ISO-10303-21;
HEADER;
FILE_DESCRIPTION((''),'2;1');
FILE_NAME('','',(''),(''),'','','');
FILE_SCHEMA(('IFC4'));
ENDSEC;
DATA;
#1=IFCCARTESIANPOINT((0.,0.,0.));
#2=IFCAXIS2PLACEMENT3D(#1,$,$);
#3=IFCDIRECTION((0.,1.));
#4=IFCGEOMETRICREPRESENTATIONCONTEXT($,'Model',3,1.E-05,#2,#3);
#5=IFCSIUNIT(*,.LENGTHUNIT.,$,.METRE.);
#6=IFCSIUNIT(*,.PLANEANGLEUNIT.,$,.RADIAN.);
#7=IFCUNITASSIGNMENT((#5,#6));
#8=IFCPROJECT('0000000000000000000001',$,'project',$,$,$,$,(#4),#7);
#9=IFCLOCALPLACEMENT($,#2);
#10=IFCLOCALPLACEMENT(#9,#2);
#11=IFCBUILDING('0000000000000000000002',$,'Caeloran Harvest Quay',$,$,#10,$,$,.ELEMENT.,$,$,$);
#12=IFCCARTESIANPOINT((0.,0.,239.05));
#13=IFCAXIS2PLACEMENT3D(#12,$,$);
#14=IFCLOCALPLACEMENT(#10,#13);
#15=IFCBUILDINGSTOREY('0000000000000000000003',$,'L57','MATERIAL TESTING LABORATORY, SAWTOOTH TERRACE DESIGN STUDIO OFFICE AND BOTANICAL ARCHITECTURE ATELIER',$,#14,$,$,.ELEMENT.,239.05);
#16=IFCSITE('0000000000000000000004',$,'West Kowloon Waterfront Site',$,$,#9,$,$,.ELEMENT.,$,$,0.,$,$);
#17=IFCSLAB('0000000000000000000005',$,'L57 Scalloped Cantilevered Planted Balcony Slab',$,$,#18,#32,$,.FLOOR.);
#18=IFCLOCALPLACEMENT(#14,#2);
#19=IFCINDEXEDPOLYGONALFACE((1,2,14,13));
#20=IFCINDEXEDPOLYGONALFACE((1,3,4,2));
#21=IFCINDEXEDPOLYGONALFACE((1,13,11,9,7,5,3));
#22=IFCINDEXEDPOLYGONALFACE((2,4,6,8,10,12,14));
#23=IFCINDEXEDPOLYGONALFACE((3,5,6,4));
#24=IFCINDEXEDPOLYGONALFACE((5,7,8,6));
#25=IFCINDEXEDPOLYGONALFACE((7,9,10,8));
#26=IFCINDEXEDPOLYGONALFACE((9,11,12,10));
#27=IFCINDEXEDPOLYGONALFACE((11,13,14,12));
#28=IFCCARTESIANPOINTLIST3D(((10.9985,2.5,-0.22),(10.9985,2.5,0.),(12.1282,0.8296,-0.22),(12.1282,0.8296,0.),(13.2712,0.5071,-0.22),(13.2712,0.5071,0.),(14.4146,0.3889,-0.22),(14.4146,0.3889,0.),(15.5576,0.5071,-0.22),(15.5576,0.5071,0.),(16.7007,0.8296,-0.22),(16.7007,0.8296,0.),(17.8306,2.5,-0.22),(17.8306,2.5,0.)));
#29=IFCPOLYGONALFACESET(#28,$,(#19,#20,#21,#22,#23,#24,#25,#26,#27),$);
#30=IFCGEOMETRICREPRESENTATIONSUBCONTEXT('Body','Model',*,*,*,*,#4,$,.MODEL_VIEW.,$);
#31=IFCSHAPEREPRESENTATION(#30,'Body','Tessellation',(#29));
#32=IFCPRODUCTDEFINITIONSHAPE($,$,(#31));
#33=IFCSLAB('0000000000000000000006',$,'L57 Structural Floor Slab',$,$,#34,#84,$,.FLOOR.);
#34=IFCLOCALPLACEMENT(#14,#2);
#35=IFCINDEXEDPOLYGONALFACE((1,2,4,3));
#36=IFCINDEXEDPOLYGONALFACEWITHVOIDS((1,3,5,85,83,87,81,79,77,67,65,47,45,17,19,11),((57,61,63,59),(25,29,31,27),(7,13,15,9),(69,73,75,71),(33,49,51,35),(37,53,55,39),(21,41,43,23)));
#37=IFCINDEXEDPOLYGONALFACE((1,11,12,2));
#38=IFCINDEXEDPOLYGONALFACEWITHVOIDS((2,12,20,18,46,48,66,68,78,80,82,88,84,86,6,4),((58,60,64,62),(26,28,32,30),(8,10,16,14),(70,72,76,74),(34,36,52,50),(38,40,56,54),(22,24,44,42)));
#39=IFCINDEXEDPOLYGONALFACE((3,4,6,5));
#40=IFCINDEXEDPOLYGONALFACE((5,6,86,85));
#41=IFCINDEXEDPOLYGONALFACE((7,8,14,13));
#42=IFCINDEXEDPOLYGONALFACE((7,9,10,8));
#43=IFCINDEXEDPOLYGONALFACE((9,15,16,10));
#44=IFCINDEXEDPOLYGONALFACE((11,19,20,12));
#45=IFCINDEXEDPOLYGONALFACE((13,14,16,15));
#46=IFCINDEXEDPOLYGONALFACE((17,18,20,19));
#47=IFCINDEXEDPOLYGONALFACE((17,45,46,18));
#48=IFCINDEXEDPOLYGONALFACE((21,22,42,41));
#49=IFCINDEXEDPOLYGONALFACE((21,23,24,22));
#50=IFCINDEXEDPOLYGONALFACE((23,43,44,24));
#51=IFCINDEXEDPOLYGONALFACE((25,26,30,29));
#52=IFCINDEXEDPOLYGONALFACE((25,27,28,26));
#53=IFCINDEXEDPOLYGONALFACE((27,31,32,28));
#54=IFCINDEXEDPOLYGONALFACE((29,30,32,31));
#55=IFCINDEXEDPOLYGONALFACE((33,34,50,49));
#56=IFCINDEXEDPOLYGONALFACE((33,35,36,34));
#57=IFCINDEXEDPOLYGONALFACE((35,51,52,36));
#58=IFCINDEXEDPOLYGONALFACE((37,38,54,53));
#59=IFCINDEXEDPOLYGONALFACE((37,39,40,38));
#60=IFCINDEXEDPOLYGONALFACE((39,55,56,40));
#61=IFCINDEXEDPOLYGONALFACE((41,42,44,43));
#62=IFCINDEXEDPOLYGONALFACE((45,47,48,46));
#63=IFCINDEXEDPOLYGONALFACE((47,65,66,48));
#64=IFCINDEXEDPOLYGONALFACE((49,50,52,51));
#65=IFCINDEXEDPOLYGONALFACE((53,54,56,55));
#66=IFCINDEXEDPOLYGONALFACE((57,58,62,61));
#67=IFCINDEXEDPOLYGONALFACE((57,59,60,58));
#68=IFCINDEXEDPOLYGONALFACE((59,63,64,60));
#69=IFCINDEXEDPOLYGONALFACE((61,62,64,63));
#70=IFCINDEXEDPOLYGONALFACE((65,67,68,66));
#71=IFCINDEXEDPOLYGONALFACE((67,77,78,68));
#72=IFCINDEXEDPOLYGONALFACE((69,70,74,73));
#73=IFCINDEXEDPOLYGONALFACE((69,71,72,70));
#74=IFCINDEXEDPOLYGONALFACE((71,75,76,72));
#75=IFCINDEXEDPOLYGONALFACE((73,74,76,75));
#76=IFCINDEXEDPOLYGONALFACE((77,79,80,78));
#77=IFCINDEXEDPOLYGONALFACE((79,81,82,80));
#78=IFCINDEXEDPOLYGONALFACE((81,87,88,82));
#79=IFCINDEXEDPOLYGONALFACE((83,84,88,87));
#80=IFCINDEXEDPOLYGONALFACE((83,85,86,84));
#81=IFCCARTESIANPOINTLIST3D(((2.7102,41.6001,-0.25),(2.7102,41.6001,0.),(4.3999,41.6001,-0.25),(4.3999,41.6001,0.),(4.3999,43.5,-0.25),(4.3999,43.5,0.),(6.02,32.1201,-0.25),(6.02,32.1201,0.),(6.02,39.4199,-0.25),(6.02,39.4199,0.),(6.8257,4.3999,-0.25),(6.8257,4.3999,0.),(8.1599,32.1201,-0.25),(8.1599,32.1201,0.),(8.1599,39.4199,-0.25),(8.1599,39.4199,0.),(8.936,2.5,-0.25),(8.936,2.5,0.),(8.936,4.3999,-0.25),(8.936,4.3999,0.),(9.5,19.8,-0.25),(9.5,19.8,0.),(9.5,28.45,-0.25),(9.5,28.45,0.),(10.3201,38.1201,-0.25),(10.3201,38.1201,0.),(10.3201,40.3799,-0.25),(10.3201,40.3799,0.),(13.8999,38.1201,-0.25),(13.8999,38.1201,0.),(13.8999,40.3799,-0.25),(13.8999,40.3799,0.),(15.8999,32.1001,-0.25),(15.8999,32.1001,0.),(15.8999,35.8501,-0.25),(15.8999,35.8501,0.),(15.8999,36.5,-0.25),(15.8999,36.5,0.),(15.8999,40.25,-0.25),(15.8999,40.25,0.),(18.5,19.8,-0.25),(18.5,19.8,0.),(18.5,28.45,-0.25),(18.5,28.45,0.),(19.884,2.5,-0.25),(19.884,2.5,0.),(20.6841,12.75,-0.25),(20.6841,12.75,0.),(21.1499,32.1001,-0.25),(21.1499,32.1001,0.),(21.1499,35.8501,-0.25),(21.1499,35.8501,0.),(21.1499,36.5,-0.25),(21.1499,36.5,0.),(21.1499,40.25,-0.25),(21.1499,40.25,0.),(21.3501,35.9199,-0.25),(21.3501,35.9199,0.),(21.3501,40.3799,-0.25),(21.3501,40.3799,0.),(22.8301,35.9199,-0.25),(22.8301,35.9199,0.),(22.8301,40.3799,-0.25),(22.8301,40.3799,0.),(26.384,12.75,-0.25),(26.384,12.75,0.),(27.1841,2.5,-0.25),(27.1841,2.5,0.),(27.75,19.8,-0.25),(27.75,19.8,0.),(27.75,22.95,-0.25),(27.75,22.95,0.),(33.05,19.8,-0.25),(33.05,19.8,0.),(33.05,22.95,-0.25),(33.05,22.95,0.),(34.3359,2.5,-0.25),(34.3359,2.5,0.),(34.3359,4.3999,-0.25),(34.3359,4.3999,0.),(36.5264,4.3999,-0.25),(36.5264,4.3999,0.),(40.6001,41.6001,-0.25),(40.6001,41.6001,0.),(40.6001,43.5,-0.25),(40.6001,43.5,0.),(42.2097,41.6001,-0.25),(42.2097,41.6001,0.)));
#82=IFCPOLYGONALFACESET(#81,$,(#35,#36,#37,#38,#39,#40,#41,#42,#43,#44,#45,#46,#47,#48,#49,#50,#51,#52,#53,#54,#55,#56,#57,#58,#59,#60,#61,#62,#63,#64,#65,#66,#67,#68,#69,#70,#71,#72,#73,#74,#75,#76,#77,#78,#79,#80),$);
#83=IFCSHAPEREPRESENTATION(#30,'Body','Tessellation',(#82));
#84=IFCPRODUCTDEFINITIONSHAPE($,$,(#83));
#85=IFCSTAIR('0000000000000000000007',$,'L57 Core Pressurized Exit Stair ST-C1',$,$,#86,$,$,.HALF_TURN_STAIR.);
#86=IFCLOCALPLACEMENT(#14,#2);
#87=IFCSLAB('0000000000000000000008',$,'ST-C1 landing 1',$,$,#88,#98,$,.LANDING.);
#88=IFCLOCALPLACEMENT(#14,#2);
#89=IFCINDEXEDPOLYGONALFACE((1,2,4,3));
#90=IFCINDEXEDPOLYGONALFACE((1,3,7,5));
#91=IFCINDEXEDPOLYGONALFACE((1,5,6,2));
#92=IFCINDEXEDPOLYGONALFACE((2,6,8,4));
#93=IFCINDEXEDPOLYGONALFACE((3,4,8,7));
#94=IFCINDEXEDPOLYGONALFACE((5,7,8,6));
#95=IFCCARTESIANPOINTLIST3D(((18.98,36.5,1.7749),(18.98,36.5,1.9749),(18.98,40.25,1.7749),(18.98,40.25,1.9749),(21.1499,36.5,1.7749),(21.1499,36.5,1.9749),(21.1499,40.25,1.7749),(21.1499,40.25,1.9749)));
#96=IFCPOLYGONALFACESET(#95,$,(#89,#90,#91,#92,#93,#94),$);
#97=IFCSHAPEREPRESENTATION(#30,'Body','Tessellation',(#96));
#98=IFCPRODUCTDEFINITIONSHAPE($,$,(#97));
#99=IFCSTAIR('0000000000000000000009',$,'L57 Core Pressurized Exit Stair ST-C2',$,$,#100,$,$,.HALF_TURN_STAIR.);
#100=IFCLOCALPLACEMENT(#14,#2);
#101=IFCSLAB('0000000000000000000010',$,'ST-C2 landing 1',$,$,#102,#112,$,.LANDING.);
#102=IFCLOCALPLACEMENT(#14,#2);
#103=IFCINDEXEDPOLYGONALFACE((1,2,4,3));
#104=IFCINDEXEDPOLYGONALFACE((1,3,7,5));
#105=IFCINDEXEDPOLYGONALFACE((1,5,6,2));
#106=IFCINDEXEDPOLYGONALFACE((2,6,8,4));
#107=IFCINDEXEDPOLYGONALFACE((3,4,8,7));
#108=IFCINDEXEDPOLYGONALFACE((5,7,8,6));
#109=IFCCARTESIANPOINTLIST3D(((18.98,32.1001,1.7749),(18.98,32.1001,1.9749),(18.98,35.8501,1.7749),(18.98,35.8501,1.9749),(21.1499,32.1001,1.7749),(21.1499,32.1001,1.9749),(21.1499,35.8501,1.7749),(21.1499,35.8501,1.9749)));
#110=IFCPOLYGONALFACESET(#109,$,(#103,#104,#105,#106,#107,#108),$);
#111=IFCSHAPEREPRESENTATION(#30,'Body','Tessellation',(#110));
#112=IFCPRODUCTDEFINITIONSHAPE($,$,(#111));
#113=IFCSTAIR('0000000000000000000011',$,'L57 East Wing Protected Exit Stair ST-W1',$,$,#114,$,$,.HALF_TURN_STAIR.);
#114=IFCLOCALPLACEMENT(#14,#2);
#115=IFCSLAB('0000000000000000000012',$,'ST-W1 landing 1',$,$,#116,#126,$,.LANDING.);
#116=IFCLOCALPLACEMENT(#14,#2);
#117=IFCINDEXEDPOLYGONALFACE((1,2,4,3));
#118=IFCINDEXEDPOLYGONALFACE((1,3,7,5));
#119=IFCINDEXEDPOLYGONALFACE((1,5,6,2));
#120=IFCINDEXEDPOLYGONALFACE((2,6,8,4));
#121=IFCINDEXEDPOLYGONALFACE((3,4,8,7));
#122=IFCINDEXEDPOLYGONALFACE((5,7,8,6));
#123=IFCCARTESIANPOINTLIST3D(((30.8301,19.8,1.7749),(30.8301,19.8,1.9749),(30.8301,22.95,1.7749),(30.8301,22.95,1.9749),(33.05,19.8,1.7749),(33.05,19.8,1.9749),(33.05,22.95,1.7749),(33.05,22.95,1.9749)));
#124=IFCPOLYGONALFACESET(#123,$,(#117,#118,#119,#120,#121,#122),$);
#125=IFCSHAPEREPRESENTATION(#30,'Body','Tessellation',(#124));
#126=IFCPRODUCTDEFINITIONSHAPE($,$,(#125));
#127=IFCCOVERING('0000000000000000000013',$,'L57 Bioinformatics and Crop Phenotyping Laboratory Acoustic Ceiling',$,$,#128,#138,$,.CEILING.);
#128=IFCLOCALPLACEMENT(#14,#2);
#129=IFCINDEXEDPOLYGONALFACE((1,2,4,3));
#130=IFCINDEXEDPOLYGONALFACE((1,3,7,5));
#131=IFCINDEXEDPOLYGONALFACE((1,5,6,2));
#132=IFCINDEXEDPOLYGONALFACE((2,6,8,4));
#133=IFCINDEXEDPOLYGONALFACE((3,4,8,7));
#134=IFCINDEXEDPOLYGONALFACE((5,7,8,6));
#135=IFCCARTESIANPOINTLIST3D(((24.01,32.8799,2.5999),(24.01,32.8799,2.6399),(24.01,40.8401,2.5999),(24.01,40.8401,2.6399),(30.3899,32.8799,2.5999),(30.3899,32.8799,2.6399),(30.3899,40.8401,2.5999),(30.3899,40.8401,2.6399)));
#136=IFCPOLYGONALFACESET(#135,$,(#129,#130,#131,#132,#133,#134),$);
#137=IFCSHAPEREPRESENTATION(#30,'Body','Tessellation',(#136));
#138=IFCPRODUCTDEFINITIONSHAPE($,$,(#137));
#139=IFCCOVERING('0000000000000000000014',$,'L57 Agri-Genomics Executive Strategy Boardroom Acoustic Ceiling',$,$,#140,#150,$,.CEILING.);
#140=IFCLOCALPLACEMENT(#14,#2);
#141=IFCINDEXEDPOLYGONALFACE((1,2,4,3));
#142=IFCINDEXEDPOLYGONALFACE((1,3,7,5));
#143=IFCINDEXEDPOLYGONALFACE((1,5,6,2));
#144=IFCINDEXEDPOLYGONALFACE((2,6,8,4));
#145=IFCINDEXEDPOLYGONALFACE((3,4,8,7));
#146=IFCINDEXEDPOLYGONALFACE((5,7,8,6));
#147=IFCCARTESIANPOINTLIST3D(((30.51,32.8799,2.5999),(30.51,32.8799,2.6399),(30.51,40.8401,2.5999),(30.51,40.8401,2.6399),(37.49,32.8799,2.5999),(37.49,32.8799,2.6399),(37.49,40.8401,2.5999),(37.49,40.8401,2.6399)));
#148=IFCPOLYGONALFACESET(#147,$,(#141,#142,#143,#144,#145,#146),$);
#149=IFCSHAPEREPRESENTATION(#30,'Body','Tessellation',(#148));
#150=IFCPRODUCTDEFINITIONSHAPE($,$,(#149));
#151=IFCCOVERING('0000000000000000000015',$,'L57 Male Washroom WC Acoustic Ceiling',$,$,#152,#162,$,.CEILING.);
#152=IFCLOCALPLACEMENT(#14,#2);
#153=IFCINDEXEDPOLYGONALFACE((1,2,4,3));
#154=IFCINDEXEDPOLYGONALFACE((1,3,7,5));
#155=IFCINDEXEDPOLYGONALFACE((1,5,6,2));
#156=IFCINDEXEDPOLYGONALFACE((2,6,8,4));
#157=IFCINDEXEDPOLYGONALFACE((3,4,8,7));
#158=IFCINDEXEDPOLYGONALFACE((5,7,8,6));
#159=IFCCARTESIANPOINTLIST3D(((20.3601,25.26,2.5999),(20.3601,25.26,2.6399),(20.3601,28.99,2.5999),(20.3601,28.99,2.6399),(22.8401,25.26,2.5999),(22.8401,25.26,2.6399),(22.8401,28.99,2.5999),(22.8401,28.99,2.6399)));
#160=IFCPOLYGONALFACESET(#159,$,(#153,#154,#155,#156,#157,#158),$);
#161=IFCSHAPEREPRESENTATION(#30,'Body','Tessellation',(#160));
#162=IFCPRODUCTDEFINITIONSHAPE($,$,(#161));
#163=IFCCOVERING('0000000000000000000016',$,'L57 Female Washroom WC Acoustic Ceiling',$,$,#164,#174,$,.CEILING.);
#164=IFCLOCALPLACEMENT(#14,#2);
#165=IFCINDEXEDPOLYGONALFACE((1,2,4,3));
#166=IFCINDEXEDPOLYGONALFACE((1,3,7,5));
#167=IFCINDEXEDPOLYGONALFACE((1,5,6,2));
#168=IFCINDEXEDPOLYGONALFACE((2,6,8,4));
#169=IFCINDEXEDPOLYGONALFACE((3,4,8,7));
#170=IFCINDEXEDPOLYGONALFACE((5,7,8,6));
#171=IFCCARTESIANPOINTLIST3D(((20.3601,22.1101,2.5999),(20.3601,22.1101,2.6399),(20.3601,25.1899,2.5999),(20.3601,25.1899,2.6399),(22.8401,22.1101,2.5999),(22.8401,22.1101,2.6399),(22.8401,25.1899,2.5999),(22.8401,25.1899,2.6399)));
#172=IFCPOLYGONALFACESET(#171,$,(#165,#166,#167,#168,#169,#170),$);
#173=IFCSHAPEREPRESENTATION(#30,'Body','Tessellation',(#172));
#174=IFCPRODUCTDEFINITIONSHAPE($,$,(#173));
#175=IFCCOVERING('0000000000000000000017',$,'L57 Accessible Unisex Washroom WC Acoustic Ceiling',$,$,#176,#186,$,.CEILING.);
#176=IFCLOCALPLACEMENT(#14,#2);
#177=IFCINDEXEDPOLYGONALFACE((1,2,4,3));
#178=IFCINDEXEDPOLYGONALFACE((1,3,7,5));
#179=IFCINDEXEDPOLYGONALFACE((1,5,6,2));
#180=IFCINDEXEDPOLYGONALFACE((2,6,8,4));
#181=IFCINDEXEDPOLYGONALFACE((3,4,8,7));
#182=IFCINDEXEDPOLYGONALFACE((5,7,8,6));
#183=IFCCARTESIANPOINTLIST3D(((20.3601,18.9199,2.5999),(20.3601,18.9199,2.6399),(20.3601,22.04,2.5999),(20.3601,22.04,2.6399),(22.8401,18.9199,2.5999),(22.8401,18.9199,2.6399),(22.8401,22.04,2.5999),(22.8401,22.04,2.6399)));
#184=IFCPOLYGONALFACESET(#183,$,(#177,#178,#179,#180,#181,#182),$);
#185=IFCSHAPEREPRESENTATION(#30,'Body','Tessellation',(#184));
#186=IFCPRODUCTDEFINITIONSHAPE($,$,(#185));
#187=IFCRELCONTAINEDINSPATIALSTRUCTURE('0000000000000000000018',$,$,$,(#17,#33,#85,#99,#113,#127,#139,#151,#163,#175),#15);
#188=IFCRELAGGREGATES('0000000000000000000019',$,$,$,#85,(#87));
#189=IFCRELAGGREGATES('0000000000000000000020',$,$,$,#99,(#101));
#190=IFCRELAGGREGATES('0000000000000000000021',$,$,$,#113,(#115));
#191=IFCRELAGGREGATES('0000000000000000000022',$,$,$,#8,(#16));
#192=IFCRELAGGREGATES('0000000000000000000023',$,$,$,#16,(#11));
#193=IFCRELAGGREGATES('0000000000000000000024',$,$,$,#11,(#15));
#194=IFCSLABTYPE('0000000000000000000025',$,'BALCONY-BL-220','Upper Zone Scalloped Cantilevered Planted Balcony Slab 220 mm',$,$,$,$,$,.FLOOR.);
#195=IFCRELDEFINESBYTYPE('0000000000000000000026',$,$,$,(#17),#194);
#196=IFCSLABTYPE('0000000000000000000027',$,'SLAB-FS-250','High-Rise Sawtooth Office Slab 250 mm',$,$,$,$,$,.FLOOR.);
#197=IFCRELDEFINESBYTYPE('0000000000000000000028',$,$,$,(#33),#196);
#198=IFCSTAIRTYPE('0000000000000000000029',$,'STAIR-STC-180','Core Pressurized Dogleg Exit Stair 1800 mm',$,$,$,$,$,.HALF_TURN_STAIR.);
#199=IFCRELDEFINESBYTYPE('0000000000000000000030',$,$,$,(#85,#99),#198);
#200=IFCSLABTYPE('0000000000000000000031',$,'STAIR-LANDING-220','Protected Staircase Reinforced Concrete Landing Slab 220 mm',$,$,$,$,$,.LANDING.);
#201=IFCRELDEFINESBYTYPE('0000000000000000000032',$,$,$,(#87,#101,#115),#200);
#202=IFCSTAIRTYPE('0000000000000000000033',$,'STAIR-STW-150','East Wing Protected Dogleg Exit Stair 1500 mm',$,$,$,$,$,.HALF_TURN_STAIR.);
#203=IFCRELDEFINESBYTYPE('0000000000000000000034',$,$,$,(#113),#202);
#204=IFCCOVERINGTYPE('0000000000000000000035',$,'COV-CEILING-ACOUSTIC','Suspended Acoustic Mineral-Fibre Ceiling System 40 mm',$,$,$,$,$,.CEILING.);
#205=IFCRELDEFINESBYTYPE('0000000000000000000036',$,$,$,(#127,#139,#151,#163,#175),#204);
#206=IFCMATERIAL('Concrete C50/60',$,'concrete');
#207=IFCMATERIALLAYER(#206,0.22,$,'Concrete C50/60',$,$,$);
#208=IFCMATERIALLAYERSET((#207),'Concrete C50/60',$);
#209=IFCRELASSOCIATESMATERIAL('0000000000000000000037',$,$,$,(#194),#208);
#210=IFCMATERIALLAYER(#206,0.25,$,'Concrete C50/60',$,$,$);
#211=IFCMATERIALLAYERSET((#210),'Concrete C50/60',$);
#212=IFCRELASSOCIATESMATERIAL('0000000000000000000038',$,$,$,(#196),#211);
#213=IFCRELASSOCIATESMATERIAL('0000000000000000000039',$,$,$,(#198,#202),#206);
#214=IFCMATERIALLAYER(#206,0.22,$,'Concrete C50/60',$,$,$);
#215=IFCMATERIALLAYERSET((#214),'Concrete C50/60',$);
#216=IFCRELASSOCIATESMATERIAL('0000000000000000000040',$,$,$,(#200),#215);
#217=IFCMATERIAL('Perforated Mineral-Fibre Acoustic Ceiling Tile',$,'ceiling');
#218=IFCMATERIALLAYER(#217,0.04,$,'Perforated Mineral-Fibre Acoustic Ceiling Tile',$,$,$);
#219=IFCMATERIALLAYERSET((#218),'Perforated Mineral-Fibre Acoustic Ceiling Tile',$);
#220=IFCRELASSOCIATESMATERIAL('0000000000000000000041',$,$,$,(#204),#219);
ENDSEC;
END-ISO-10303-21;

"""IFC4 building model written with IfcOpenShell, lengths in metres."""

from ifc_helpers import new_model, si_unit, direction, frame, origin, place, context, subcontext, project, spatial, polyline, outline, extrude, material, layer, layer_set, type_object, element, aggregate, save


model = new_model("IFC4")

# Units and contexts
model_context = context("Model", 3, precision=1e-05, world=origin(), true_north=direction((0.0, 1.0)))
body_context = subcontext(model_context, "Body", "Model", "MODEL_VIEW")
ifc_project = project(units=[si_unit("LENGTHUNIT", "METRE"), si_unit("PLANEANGLEUNIT", "RADIAN")], contexts=[model_context])

# Site, building, storey
site_placement = place(None, origin())
site = spatial("IfcSite", under=ifc_project, at=site_placement, Name="West Kowloon Waterfront Site", CompositionType="ELEMENT", RefElevation=0.0)
building_placement = place(site_placement, origin())
building = spatial("IfcBuilding", under=site, at=building_placement, Name="Caeloran Harvest Quay", CompositionType="ELEMENT")
storey_placement = place(building_placement, frame((0.0, 0.0, 239.05)))
storey = spatial("IfcBuildingStorey", under=building, at=storey_placement, Name="L57", Description="MATERIAL TESTING LABORATORY, SAWTOOTH TERRACE DESIGN STUDIO OFFICE AND BOTANICAL ARCHITECTURE ATELIER", CompositionType="ELEMENT", Elevation=239.05)

# Slabs
ifc_material_1 = material(Name="Concrete C50/60", Category="concrete")
ifc_layer_1 = layer(ifc_material_1, 0.22, Name="Concrete C50/60")
ifc_layer_set_1 = layer_set([ifc_layer_1], Name="Concrete C50/60")
slab_type_1 = type_object("IfcSlabType", Name="BALCONY-BL-220", Description="Upper Zone Scalloped Cantilevered Planted Balcony Slab 220 mm", PredefinedType="FLOOR", material=ifc_layer_set_1)
slab_1_placement = place(storey_placement, frame((0.0, 0.0, -0.22)))
element("IfcSlab", 1, at=slab_1_placement, inside=storey, type_object=slab_type_1, Name="L57 Scalloped Cantilevered Planted Balcony Slab", PredefinedType="FLOOR", context=body_context, shape_type="SweptSolid", body=[
    extrude(outline(polyline([(16.7007, 0.8296), (15.5576, 0.5071), (14.4146, 0.3889), (13.2712, 0.5071), (12.1282, 0.8296), (10.9985, 2.5), (17.8306, 2.5), (16.7007, 0.8296)])), origin(), (0.0, 0.0, 1.0), 0.22),
])
ifc_layer_2 = layer(ifc_material_1, 0.25, Name="Concrete C50/60")
ifc_layer_set_2 = layer_set([ifc_layer_2], Name="Concrete C50/60")
slab_type_2 = type_object("IfcSlabType", Name="SLAB-FS-250", Description="High-Rise Sawtooth Office Slab 250 mm", PredefinedType="FLOOR", material=ifc_layer_set_2)
slab_2_placement = place(storey_placement, frame((0.0, 0.0, -0.25)))
element("IfcSlab", 2, at=slab_2_placement, inside=storey, type_object=slab_type_2, Name="L57 Structural Floor Slab", PredefinedType="FLOOR", context=body_context, shape_type="SweptSolid", body=[
    extrude(outline(polyline([(8.936, 2.5), (19.884, 2.5), (20.6841, 12.75), (26.384, 12.75), (27.1841, 2.5), (34.3359, 2.5), (34.3359, 4.3999), (36.5264, 4.3999), (42.2097, 41.6001), (40.6001, 41.6001), (40.6001, 43.5), (4.3999, 43.5), (4.3999, 41.6001), (2.7102, 41.6001), (6.8257, 4.3999), (8.936, 4.3999), (8.936, 2.5)]), holes=[polyline([(33.05, 19.8), (27.75, 19.8), (27.75, 22.95), (33.05, 22.95), (33.05, 19.8)]), polyline([(18.5, 19.8), (9.5, 19.8), (9.5, 28.45), (18.5, 28.45), (18.5, 19.8)]), polyline([(15.8999, 32.1001), (15.8999, 35.8501), (21.1499, 35.8501), (21.1499, 32.1001), (15.8999, 32.1001)]), polyline([(8.1599, 32.1201), (6.02, 32.1201), (6.02, 39.4199), (8.1599, 39.4199), (8.1599, 32.1201)]), polyline([(22.8301, 35.9199), (21.3501, 35.9199), (21.3501, 40.3799), (22.8301, 40.3799), (22.8301, 35.9199)]), polyline([(15.8999, 36.5), (15.8999, 40.25), (21.1499, 40.25), (21.1499, 36.5), (15.8999, 36.5)]), polyline([(13.8999, 38.1201), (10.3201, 38.1201), (10.3201, 40.3799), (13.8999, 40.3799), (13.8999, 38.1201)])]), origin(), (0.0, 0.0, 1.0), 0.25),
])

# Stairs, slabs
stair_type_1 = type_object("IfcStairType", Name="STAIR-STC-180", Description="Core Pressurized Dogleg Exit Stair 1800 mm", PredefinedType="HALF_TURN_STAIR", material=ifc_material_1)
stair_1_placement = place(storey_placement, origin())
stair_1 = element("IfcStair", 3, at=stair_1_placement, inside=storey, type_object=stair_type_1, Name="L57 Core Pressurized Exit Stair ST-C1", PredefinedType="HALF_TURN_STAIR")
ifc_layer_3 = layer(ifc_material_1, 0.22, Name="Concrete C50/60")
ifc_layer_set_3 = layer_set([ifc_layer_3], Name="Concrete C50/60")
slab_type_3 = type_object("IfcSlabType", Name="STAIR-LANDING-220", Description="Protected Staircase Reinforced Concrete Landing Slab 220 mm", PredefinedType="LANDING", material=ifc_layer_set_3)
slab_3_placement = place(storey_placement, frame((0.0, 0.0, 1.7749)))
slab_3 = element("IfcSlab", 4, at=slab_3_placement, type_object=slab_type_3, Name="ST-C1 landing 1", PredefinedType="LANDING", context=body_context, shape_type="SweptSolid", body=[
    extrude(outline(polyline([(18.98, 36.5), (21.1499, 36.5), (21.1499, 40.25), (18.98, 40.25), (18.98, 36.5)])), origin(), (0.0, 0.0, 1.0), 0.2),
])
aggregate(stair_1, [slab_3])
stair_2_placement = place(storey_placement, origin())
stair_2 = element("IfcStair", 5, at=stair_2_placement, inside=storey, type_object=stair_type_1, Name="L57 Core Pressurized Exit Stair ST-C2", PredefinedType="HALF_TURN_STAIR")
slab_4_placement = place(storey_placement, frame((0.0, 0.0, 1.7749)))
slab_4 = element("IfcSlab", 6, at=slab_4_placement, type_object=slab_type_3, Name="ST-C2 landing 1", PredefinedType="LANDING", context=body_context, shape_type="SweptSolid", body=[
    extrude(outline(polyline([(18.98, 32.1001), (21.1499, 32.1001), (21.1499, 35.8501), (18.98, 35.8501), (18.98, 32.1001)])), origin(), (0.0, 0.0, 1.0), 0.2),
])
aggregate(stair_2, [slab_4])
stair_type_2 = type_object("IfcStairType", Name="STAIR-STW-150", Description="East Wing Protected Dogleg Exit Stair 1500 mm", PredefinedType="HALF_TURN_STAIR", material=ifc_material_1)
stair_3_placement = place(storey_placement, origin())
stair_3 = element("IfcStair", 7, at=stair_3_placement, inside=storey, type_object=stair_type_2, Name="L57 East Wing Protected Exit Stair ST-W1", PredefinedType="HALF_TURN_STAIR")
slab_5_placement = place(storey_placement, frame((0.0, 0.0, 1.7749)))
slab_5 = element("IfcSlab", 8, at=slab_5_placement, type_object=slab_type_3, Name="ST-W1 landing 1", PredefinedType="LANDING", context=body_context, shape_type="SweptSolid", body=[
    extrude(outline(polyline([(30.8301, 19.8), (33.05, 19.8), (33.05, 22.95), (30.8301, 22.95), (30.8301, 19.8)])), origin(), (0.0, 0.0, 1.0), 0.2),
])
aggregate(stair_3, [slab_5])

# Coverings
ifc_material_2 = material(Name="Perforated Mineral-Fibre Acoustic Ceiling Tile", Category="ceiling")
ifc_layer_4 = layer(ifc_material_2, 0.04, Name="Perforated Mineral-Fibre Acoustic Ceiling Tile")
ifc_layer_set_4 = layer_set([ifc_layer_4], Name="Perforated Mineral-Fibre Acoustic Ceiling Tile")
covering_type_1 = type_object("IfcCoveringType", Name="COV-CEILING-ACOUSTIC", Description="Suspended Acoustic Mineral-Fibre Ceiling System 40 mm", PredefinedType="CEILING", material=ifc_layer_set_4)
covering_1_placement = place(storey_placement, frame((0.0, 0.0, 2.5999)))
element("IfcCovering", 9, at=covering_1_placement, inside=storey, type_object=covering_type_1, Name="L57 Bioinformatics and Crop Phenotyping Laboratory Acoustic Ceiling", PredefinedType="CEILING", context=body_context, shape_type="SweptSolid", body=[
    extrude(outline(polyline([(30.3899, 40.8401), (30.3899, 32.8799), (24.01, 32.8799), (24.01, 40.8401), (30.3899, 40.8401)])), origin(), (0.0, 0.0, 1.0), 0.04),
])
covering_2_placement = place(storey_placement, frame((0.0, 0.0, 2.5999)))
element("IfcCovering", 10, at=covering_2_placement, inside=storey, type_object=covering_type_1, Name="L57 Agri-Genomics Executive Strategy Boardroom Acoustic Ceiling", PredefinedType="CEILING", context=body_context, shape_type="SweptSolid", body=[
    extrude(outline(polyline([(37.49, 40.8401), (37.49, 32.8799), (30.51, 32.8799), (30.51, 40.8401), (37.49, 40.8401)])), origin(), (0.0, 0.0, 1.0), 0.04),
])
covering_3_placement = place(storey_placement, frame((0.0, 0.0, 2.5999)))
element("IfcCovering", 11, at=covering_3_placement, inside=storey, type_object=covering_type_1, Name="L57 Male Washroom WC Acoustic Ceiling", PredefinedType="CEILING", context=body_context, shape_type="SweptSolid", body=[
    extrude(outline(polyline([(22.8401, 28.99), (22.8401, 25.26), (20.3601, 25.26), (20.3601, 28.99), (22.8401, 28.99)])), origin(), (0.0, 0.0, 1.0), 0.04),
])
covering_4_placement = place(storey_placement, frame((0.0, 0.0, 2.5999)))
element("IfcCovering", 12, at=covering_4_placement, inside=storey, type_object=covering_type_1, Name="L57 Female Washroom WC Acoustic Ceiling", PredefinedType="CEILING", context=body_context, shape_type="SweptSolid", body=[
    extrude(outline(polyline([(22.8401, 25.1899), (22.8401, 22.1101), (20.3601, 22.1101), (20.3601, 25.1899), (22.8401, 25.1899)])), origin(), (0.0, 0.0, 1.0), 0.04),
])
covering_5_placement = place(storey_placement, frame((0.0, 0.0, 2.5999)))
element("IfcCovering", 13, at=covering_5_placement, inside=storey, type_object=covering_type_1, Name="L57 Accessible Unisex Washroom WC Acoustic Ceiling", PredefinedType="CEILING", context=body_context, shape_type="SweptSolid", body=[
    extrude(outline(polyline([(22.8401, 22.04), (22.8401, 18.9199), (20.3601, 18.9199), (20.3601, 22.04), (22.8401, 22.04)])), origin(), (0.0, 0.0, 1.0), 0.04),
])

save(model, "model.ifc")
